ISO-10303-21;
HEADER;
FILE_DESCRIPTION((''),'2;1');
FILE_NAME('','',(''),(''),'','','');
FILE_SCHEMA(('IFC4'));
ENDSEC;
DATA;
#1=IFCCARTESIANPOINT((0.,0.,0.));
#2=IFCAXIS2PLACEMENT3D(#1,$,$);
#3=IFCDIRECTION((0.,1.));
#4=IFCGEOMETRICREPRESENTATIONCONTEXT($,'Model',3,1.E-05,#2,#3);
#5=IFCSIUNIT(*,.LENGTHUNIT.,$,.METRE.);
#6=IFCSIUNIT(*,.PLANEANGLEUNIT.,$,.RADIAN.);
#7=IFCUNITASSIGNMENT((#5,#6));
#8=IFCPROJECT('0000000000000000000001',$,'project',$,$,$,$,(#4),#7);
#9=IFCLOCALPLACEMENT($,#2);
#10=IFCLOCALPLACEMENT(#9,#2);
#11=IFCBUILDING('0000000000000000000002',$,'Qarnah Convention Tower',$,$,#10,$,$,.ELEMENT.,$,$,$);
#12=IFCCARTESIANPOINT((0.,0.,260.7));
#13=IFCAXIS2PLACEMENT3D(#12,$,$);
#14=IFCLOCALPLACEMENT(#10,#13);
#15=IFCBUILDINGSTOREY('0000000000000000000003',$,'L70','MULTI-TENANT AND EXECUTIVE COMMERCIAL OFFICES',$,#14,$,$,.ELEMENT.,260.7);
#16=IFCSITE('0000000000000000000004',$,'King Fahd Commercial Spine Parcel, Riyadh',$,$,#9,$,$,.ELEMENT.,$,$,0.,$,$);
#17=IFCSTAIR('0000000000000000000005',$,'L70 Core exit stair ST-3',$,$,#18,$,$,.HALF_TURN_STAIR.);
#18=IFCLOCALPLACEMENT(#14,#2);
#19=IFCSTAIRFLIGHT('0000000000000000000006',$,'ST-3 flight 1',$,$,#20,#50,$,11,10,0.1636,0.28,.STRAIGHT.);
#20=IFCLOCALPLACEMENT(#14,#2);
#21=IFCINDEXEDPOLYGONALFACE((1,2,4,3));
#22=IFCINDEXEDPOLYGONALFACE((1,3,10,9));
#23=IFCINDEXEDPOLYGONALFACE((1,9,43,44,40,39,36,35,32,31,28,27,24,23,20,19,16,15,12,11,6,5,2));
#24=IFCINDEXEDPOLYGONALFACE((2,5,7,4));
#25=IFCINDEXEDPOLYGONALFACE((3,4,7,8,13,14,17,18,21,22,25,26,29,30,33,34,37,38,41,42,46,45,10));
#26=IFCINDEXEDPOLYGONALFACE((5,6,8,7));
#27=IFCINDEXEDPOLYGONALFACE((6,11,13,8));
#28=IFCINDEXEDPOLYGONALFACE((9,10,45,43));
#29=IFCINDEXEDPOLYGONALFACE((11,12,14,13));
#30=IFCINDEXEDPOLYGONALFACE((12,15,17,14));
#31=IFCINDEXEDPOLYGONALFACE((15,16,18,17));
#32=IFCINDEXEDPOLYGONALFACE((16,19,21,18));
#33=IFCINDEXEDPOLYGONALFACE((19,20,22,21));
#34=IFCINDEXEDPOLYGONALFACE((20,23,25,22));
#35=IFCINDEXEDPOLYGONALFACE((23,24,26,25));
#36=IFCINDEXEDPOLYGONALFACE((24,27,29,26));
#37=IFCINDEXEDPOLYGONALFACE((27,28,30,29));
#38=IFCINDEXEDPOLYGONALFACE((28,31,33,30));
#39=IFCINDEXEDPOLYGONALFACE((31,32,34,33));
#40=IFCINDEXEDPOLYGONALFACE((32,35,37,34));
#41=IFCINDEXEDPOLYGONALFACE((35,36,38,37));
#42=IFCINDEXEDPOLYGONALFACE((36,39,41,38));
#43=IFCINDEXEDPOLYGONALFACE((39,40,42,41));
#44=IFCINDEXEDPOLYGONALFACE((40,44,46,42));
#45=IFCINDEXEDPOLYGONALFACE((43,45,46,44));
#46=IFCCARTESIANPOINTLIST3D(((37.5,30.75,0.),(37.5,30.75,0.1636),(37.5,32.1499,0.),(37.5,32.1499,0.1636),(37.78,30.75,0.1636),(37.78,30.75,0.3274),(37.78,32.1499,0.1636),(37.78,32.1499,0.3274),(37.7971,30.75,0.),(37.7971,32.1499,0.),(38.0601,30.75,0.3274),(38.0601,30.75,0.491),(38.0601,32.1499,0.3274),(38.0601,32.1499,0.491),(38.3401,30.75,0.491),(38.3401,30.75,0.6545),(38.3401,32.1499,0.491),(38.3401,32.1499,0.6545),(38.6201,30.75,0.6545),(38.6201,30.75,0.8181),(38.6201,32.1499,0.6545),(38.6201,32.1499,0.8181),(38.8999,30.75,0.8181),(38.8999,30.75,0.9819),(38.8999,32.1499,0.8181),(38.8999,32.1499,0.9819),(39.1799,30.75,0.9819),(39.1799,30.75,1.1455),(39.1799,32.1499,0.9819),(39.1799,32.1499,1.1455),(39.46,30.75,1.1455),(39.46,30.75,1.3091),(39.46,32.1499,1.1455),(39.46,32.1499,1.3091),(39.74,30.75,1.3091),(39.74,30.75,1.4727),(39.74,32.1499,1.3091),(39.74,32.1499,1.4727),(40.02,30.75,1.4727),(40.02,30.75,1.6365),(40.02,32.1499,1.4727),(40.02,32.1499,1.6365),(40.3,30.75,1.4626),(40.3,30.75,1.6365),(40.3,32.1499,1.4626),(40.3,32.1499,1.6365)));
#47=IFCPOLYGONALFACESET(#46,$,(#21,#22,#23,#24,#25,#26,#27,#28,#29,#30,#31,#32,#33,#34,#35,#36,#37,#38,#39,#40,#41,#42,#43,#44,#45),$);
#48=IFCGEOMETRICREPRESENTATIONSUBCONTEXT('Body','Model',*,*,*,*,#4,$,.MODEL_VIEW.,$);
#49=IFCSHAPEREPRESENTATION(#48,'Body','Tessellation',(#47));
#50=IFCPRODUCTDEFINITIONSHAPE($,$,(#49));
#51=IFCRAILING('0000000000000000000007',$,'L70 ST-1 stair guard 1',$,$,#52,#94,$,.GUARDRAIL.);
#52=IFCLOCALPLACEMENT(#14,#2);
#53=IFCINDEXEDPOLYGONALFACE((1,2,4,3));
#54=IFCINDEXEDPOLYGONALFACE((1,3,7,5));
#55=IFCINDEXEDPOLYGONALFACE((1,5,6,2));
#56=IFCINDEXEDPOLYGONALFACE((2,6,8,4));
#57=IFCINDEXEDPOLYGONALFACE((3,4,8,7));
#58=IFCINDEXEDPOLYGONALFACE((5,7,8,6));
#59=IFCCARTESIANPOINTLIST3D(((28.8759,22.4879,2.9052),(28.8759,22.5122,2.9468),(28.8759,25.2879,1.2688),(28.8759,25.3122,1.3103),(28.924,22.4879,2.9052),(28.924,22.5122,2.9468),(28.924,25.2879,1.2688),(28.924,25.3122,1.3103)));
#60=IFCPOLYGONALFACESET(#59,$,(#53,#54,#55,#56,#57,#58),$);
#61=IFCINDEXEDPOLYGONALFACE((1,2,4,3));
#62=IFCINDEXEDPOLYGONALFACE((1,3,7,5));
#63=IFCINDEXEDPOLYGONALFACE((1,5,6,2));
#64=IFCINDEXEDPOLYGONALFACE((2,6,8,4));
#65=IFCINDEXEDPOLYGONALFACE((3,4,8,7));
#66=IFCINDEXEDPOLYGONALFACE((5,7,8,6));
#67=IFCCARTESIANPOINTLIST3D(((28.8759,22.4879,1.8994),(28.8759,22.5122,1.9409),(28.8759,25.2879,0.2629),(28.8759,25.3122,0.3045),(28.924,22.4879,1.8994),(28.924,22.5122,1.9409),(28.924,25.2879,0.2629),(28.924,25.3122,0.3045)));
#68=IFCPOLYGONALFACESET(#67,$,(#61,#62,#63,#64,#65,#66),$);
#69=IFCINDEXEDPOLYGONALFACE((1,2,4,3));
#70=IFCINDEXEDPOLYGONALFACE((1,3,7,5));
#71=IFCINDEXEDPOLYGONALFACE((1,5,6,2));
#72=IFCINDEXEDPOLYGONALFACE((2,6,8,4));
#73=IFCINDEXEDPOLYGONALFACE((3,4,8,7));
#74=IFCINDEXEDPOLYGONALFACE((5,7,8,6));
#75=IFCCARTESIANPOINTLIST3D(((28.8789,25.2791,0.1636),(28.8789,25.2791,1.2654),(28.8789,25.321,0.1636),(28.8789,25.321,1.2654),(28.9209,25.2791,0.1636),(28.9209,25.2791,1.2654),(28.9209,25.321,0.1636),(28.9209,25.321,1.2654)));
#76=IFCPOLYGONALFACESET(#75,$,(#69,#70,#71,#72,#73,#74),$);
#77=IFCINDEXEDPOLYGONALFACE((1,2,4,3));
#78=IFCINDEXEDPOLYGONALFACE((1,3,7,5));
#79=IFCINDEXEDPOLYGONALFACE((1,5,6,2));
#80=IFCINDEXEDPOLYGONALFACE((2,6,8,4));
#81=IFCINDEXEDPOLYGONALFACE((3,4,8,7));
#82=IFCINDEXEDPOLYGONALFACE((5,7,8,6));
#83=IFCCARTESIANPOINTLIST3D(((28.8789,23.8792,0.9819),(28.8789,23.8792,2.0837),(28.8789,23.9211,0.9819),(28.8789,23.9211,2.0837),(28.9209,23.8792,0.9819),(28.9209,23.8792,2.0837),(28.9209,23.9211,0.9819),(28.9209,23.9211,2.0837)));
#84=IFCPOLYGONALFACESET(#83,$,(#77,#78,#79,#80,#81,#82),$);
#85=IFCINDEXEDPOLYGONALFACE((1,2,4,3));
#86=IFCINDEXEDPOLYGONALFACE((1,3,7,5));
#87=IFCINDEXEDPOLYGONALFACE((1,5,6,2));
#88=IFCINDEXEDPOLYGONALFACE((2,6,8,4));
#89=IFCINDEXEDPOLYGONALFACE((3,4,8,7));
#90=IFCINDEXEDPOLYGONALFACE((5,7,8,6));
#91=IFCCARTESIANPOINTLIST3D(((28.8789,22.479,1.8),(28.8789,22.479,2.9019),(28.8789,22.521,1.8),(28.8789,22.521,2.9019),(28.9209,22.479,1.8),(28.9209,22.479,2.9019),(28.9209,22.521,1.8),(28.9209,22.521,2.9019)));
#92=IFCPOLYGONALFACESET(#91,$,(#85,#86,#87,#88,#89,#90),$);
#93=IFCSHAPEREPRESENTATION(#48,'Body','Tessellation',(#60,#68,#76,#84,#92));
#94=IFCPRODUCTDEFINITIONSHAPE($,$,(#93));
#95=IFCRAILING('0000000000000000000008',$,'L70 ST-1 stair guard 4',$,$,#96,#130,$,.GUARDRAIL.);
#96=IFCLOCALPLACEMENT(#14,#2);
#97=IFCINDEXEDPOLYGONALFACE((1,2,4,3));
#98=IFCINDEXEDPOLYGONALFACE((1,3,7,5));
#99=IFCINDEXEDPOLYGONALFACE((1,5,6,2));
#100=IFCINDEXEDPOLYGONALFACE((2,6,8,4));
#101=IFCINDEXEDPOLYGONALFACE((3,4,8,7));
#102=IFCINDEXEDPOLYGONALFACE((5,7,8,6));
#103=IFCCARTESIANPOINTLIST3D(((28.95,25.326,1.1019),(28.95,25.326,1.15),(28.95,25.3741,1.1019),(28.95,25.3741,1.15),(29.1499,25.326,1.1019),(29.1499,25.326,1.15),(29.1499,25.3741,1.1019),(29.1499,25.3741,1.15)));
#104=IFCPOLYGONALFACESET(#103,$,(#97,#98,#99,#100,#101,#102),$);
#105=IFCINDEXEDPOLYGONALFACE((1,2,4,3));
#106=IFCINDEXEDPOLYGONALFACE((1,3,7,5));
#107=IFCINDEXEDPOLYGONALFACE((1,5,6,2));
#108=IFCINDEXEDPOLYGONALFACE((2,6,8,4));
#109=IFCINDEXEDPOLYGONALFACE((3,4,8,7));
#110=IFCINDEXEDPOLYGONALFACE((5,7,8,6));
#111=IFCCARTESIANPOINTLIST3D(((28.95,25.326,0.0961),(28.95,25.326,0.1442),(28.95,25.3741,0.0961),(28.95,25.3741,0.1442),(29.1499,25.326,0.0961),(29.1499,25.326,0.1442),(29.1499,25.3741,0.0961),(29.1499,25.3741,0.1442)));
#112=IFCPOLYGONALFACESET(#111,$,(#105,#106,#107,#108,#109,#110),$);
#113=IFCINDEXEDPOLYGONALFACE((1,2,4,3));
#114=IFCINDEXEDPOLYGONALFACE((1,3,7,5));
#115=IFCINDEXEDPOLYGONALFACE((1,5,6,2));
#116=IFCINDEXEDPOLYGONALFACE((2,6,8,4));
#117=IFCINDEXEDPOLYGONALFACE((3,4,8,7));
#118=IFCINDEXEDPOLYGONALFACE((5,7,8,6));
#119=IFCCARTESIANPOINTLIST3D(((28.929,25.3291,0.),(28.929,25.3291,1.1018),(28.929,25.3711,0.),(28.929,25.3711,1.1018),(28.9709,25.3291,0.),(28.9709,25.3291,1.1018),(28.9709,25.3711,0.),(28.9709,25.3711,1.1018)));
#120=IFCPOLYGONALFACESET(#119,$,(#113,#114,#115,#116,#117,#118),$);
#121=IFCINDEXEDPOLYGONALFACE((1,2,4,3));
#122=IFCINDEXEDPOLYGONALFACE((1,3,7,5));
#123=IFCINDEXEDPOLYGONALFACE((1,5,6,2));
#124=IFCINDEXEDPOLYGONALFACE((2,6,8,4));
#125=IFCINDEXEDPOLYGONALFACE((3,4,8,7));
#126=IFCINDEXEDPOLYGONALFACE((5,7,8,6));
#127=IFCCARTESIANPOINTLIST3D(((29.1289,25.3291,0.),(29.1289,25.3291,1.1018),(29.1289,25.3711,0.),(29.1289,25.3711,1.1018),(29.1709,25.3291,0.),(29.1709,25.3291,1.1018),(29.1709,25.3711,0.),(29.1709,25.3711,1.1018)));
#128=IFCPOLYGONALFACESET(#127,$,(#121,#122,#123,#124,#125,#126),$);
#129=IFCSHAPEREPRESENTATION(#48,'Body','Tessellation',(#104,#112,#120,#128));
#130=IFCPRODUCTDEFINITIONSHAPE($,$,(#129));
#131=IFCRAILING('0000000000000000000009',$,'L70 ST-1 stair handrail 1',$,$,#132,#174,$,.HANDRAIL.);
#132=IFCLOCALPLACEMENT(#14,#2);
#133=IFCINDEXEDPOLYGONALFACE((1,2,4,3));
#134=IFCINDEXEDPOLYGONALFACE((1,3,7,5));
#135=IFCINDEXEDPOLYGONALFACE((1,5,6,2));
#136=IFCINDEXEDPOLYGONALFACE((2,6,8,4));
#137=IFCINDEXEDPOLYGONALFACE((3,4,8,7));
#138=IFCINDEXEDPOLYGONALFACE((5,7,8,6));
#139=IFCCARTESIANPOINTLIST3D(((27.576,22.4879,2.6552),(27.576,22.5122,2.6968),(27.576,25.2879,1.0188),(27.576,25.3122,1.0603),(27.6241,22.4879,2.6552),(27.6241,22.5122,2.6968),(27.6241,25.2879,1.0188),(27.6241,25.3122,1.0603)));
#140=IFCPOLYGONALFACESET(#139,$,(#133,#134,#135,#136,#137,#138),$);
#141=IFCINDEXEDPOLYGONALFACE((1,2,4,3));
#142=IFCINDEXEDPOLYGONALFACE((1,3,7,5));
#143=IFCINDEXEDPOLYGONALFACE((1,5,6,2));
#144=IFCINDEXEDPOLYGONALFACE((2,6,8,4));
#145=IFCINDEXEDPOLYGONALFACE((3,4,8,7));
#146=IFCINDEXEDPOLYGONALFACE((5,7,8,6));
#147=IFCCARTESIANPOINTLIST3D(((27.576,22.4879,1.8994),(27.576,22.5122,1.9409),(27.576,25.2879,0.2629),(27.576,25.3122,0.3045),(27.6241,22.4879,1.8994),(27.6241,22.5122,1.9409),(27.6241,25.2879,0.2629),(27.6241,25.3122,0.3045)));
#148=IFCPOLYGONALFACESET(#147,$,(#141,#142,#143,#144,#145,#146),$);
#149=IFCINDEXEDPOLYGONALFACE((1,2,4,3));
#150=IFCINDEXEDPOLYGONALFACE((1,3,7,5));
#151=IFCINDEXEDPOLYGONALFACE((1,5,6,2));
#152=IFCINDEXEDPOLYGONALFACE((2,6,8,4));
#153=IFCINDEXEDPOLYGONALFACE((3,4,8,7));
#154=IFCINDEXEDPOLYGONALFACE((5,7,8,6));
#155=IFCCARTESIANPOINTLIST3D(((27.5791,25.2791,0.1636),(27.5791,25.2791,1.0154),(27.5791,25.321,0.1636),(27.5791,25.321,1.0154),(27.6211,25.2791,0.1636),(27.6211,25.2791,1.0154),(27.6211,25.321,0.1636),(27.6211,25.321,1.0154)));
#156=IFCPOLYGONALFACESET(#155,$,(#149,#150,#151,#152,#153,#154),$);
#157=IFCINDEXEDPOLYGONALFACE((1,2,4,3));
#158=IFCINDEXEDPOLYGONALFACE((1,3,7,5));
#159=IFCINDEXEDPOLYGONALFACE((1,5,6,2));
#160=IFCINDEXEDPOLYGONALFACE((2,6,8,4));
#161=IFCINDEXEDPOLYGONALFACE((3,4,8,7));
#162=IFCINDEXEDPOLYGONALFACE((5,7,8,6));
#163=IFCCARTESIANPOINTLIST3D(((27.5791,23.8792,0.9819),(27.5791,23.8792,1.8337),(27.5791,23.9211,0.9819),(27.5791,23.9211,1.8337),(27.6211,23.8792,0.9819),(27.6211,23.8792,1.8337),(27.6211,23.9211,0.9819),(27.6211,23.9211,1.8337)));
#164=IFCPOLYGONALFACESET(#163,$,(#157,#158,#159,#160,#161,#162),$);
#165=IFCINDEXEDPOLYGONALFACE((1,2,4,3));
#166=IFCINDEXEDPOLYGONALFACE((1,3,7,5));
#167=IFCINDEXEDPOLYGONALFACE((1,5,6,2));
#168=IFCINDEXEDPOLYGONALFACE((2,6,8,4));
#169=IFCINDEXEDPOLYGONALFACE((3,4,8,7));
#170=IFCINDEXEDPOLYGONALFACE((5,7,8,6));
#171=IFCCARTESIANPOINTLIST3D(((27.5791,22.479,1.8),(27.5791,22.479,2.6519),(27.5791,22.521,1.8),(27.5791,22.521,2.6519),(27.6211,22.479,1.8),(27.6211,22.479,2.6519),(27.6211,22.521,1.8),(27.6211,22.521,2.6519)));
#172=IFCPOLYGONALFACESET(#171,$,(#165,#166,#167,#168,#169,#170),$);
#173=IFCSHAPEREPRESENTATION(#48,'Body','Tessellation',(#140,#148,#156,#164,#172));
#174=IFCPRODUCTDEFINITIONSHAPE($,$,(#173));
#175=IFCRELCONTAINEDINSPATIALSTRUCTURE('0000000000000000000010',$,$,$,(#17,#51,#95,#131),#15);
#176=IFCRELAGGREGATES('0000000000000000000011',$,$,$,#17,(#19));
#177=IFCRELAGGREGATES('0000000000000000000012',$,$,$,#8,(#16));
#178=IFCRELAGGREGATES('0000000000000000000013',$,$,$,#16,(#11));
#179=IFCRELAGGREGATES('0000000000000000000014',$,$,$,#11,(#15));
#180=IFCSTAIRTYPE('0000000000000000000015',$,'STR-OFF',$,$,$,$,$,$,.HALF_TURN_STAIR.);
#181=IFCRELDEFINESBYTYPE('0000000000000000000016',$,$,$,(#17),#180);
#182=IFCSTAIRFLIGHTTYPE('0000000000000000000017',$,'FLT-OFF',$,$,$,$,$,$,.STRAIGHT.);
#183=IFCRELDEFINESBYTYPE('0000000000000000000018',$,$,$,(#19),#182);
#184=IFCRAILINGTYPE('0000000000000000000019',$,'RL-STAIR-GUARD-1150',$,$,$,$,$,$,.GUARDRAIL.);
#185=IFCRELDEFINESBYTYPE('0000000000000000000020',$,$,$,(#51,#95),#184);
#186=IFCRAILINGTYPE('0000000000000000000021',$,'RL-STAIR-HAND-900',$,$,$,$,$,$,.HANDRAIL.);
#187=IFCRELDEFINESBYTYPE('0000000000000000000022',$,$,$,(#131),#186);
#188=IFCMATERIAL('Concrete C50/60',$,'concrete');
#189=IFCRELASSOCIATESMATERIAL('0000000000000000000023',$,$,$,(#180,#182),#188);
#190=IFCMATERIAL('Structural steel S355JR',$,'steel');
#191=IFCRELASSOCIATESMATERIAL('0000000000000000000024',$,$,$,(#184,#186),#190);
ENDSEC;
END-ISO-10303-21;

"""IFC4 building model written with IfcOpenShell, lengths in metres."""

from ifc_helpers import new_model, si_unit, direction, frame, origin, origin_2d, place, context, subcontext, project, spatial, polyline, rectangle, outline, extrude, material, type_object, element, aggregate, save


model = new_model("IFC4")

# Units and contexts
model_context = context("Model", 3, precision=1e-05, world=origin(), true_north=direction((0.0, 1.0)))
body_context = subcontext(model_context, "Body", "Model", "MODEL_VIEW")
ifc_project = project(units=[si_unit("LENGTHUNIT", "METRE"), si_unit("PLANEANGLEUNIT", "RADIAN")], contexts=[model_context])

# Site, building, storey
site_placement = place(None, origin())
site = spatial("IfcSite", under=ifc_project, at=site_placement, Name="King Fahd Commercial Spine Parcel, Riyadh", CompositionType="ELEMENT", RefElevation=0.0)
building_placement = place(site_placement, origin())
building = spatial("IfcBuilding", under=site, at=building_placement, Name="Qarnah Convention Tower", CompositionType="ELEMENT")
storey_placement = place(building_placement, frame((0.0, 0.0, 260.7)))
storey = spatial("IfcBuildingStorey", under=building, at=storey_placement, Name="L70", Description="MULTI-TENANT AND EXECUTIVE COMMERCIAL OFFICES", CompositionType="ELEMENT", Elevation=260.7)

# Shared definitions
ifc_material_1 = material(Name="Concrete C50/60", Category="concrete")

# Shared definitions
ifc_material_2 = material(Name="Structural steel S355JR", Category="steel")

# Stair, stair flight
stair_type = type_object("IfcStairType", Name="STR-OFF", PredefinedType="HALF_TURN_STAIR", material=ifc_material_1)
stair_flight_type = type_object("IfcStairFlightType", Name="FLT-OFF", PredefinedType="STRAIGHT", material=ifc_material_1)
stair_1_placement = place(storey_placement, origin())
stair_1 = element("IfcStair", 1, at=stair_1_placement, inside=storey, type_object=stair_type, Name="L70 Core exit stair ST-3", PredefinedType="HALF_TURN_STAIR")
stair_flight_1_placement = place(storey_placement, frame((37.5, 31.45, 0.0), z_axis=(0.0, 0.0, 1.0), x_axis=(1.0, 0.0, 0.0)))
stair_flight_1 = element("IfcStairFlight", 2, at=stair_flight_1_placement, type_object=stair_flight_type, Name="ST-3 flight 1", NumberOfRisers=11, NumberOfTreads=10, PredefinedType="STRAIGHT", RiserHeight=0.1636, TreadLength=0.28, context=body_context, shape_type="SweptSolid", body=[
    extrude(outline(polyline([(0.0, 0.0), (0.0, 0.1636), (0.28, 0.1636), (0.28, 0.3274), (0.5601, 0.3274), (0.5601, 0.491), (0.8401, 0.491), (0.8401, 0.6545), (1.1201, 0.6545), (1.1201, 0.8181), (1.3999, 0.8181), (1.3999, 0.9819), (1.6799, 0.9819), (1.6799, 1.1455), (1.96, 1.1455), (1.96, 1.3091), (2.24, 1.3091), (2.24, 1.4727), (2.52, 1.4727), (2.52, 1.6365), (2.8, 1.6365), (2.8, 1.8), (2.8, 1.4626), (0.2971, 0.0), (0.0, 0.0)])), frame((0.0, 0.7, 0.0), z_axis=(0.0, -1.0, 0.0), x_axis=(1.0, 0.0, 0.0)), (0.0, 0.0, 1.0), 1.3999),
])
aggregate(stair_1, [stair_flight_1])

# Railings
railing_type_1 = type_object("IfcRailingType", Name="RL-STAIR-GUARD-1150", PredefinedType="GUARDRAIL", material=ifc_material_2)
railing_1_placement = place(storey_placement, frame((28.8999, 25.3, 0.1636)))
element("IfcRailing", 3, at=railing_1_placement, inside=storey, type_object=railing_type_1, Name="L70 ST-1 stair guard 1", PredefinedType="GUARDRAIL", context=body_context, shape_type="SweptSolid", body=[
    extrude(rectangle(XDim=0.0481, YDim=0.0481, at=origin_2d()), frame((0.0, 0.0, 1.126), z_axis=(0.0, -0.863361, 0.504587), x_axis=(1.0, 0.0, 0.0)), (0.0, 0.0, 1.0), 3.2432),
    extrude(rectangle(XDim=0.0481, YDim=0.0481, at=origin_2d()), frame((0.0, 0.0, 0.1201), z_axis=(0.0, -0.863361, 0.504587), x_axis=(1.0, 0.0, 0.0)), (0.0, 0.0, 1.0), 3.2432),
    extrude(rectangle(XDim=0.042, YDim=0.042, at=origin_2d()), origin(), (0.0, 0.0, 1.0), 1.1018),
    extrude(rectangle(XDim=0.042, YDim=0.042, at=origin_2d()), frame((0.0, -1.3999, 0.8184)), (0.0, 0.0, 1.0), 1.1018),
    extrude(rectangle(XDim=0.042, YDim=0.042, at=origin_2d()), frame((0.0, -2.8, 1.6365)), (0.0, 0.0, 1.0), 1.1018),
])
railing_2_placement = place(storey_placement, frame((28.95, 25.3501, 0.0)))
element("IfcRailing", 4, at=railing_2_placement, inside=storey, type_object=railing_type_1, Name="L70 ST-1 stair guard 4", PredefinedType="GUARDRAIL", context=body_context, shape_type="SweptSolid", body=[
    extrude(rectangle(XDim=0.0481, YDim=0.0481, at=origin_2d()), frame((0.0, 0.0, 1.126), z_axis=(1.0, 0.0, 0.0), x_axis=(0.0, 1.0, 0.0)), (0.0, 0.0, 1.0), 0.2),
    extrude(rectangle(XDim=0.0481, YDim=0.0481, at=origin_2d()), frame((0.0, 0.0, 0.1201), z_axis=(1.0, 0.0, 0.0), x_axis=(0.0, 1.0, 0.0)), (0.0, 0.0, 1.0), 0.2),
    extrude(rectangle(XDim=0.042, YDim=0.042, at=origin_2d()), origin(), (0.0, 0.0, 1.0), 1.1018),
    extrude(rectangle(XDim=0.042, YDim=0.042, at=origin_2d()), frame((0.2, 0.0, 0.0)), (0.0, 0.0, 1.0), 1.1018),
])
railing_type_2 = type_object("IfcRailingType", Name="RL-STAIR-HAND-900", PredefinedType="HANDRAIL", material=ifc_material_2)
railing_3_placement = place(storey_placement, frame((27.6001, 25.3, 0.1636)))
element("IfcRailing", 5, at=railing_3_placement, inside=storey, type_object=railing_type_2, Name="L70 ST-1 stair handrail 1", PredefinedType="HANDRAIL", context=body_context, shape_type="SweptSolid", body=[
    extrude(rectangle(XDim=0.0481, YDim=0.0481, at=origin_2d()), frame((0.0, 0.0, 0.876), z_axis=(0.0, -0.863361, 0.504587), x_axis=(1.0, 0.0, 0.0)), (0.0, 0.0, 1.0), 3.2432),
    extrude(rectangle(XDim=0.0481, YDim=0.0481, at=origin_2d()), frame((0.0, 0.0, 0.1201), z_axis=(0.0, -0.863361, 0.504587), x_axis=(1.0, 0.0, 0.0)), (0.0, 0.0, 1.0), 3.2432),
    extrude(rectangle(XDim=0.042, YDim=0.042, at=origin_2d()), origin(), (0.0, 0.0, 1.0), 0.8518),
    extrude(rectangle(XDim=0.042, YDim=0.042, at=origin_2d()), frame((0.0, -1.3999, 0.8184)), (0.0, 0.0, 1.0), 0.8518),
    extrude(rectangle(XDim=0.042, YDim=0.042, at=origin_2d()), frame((0.0, -2.8, 1.6365)), (0.0, 0.0, 1.0), 0.8518),
])

save(model, "model.ifc")
